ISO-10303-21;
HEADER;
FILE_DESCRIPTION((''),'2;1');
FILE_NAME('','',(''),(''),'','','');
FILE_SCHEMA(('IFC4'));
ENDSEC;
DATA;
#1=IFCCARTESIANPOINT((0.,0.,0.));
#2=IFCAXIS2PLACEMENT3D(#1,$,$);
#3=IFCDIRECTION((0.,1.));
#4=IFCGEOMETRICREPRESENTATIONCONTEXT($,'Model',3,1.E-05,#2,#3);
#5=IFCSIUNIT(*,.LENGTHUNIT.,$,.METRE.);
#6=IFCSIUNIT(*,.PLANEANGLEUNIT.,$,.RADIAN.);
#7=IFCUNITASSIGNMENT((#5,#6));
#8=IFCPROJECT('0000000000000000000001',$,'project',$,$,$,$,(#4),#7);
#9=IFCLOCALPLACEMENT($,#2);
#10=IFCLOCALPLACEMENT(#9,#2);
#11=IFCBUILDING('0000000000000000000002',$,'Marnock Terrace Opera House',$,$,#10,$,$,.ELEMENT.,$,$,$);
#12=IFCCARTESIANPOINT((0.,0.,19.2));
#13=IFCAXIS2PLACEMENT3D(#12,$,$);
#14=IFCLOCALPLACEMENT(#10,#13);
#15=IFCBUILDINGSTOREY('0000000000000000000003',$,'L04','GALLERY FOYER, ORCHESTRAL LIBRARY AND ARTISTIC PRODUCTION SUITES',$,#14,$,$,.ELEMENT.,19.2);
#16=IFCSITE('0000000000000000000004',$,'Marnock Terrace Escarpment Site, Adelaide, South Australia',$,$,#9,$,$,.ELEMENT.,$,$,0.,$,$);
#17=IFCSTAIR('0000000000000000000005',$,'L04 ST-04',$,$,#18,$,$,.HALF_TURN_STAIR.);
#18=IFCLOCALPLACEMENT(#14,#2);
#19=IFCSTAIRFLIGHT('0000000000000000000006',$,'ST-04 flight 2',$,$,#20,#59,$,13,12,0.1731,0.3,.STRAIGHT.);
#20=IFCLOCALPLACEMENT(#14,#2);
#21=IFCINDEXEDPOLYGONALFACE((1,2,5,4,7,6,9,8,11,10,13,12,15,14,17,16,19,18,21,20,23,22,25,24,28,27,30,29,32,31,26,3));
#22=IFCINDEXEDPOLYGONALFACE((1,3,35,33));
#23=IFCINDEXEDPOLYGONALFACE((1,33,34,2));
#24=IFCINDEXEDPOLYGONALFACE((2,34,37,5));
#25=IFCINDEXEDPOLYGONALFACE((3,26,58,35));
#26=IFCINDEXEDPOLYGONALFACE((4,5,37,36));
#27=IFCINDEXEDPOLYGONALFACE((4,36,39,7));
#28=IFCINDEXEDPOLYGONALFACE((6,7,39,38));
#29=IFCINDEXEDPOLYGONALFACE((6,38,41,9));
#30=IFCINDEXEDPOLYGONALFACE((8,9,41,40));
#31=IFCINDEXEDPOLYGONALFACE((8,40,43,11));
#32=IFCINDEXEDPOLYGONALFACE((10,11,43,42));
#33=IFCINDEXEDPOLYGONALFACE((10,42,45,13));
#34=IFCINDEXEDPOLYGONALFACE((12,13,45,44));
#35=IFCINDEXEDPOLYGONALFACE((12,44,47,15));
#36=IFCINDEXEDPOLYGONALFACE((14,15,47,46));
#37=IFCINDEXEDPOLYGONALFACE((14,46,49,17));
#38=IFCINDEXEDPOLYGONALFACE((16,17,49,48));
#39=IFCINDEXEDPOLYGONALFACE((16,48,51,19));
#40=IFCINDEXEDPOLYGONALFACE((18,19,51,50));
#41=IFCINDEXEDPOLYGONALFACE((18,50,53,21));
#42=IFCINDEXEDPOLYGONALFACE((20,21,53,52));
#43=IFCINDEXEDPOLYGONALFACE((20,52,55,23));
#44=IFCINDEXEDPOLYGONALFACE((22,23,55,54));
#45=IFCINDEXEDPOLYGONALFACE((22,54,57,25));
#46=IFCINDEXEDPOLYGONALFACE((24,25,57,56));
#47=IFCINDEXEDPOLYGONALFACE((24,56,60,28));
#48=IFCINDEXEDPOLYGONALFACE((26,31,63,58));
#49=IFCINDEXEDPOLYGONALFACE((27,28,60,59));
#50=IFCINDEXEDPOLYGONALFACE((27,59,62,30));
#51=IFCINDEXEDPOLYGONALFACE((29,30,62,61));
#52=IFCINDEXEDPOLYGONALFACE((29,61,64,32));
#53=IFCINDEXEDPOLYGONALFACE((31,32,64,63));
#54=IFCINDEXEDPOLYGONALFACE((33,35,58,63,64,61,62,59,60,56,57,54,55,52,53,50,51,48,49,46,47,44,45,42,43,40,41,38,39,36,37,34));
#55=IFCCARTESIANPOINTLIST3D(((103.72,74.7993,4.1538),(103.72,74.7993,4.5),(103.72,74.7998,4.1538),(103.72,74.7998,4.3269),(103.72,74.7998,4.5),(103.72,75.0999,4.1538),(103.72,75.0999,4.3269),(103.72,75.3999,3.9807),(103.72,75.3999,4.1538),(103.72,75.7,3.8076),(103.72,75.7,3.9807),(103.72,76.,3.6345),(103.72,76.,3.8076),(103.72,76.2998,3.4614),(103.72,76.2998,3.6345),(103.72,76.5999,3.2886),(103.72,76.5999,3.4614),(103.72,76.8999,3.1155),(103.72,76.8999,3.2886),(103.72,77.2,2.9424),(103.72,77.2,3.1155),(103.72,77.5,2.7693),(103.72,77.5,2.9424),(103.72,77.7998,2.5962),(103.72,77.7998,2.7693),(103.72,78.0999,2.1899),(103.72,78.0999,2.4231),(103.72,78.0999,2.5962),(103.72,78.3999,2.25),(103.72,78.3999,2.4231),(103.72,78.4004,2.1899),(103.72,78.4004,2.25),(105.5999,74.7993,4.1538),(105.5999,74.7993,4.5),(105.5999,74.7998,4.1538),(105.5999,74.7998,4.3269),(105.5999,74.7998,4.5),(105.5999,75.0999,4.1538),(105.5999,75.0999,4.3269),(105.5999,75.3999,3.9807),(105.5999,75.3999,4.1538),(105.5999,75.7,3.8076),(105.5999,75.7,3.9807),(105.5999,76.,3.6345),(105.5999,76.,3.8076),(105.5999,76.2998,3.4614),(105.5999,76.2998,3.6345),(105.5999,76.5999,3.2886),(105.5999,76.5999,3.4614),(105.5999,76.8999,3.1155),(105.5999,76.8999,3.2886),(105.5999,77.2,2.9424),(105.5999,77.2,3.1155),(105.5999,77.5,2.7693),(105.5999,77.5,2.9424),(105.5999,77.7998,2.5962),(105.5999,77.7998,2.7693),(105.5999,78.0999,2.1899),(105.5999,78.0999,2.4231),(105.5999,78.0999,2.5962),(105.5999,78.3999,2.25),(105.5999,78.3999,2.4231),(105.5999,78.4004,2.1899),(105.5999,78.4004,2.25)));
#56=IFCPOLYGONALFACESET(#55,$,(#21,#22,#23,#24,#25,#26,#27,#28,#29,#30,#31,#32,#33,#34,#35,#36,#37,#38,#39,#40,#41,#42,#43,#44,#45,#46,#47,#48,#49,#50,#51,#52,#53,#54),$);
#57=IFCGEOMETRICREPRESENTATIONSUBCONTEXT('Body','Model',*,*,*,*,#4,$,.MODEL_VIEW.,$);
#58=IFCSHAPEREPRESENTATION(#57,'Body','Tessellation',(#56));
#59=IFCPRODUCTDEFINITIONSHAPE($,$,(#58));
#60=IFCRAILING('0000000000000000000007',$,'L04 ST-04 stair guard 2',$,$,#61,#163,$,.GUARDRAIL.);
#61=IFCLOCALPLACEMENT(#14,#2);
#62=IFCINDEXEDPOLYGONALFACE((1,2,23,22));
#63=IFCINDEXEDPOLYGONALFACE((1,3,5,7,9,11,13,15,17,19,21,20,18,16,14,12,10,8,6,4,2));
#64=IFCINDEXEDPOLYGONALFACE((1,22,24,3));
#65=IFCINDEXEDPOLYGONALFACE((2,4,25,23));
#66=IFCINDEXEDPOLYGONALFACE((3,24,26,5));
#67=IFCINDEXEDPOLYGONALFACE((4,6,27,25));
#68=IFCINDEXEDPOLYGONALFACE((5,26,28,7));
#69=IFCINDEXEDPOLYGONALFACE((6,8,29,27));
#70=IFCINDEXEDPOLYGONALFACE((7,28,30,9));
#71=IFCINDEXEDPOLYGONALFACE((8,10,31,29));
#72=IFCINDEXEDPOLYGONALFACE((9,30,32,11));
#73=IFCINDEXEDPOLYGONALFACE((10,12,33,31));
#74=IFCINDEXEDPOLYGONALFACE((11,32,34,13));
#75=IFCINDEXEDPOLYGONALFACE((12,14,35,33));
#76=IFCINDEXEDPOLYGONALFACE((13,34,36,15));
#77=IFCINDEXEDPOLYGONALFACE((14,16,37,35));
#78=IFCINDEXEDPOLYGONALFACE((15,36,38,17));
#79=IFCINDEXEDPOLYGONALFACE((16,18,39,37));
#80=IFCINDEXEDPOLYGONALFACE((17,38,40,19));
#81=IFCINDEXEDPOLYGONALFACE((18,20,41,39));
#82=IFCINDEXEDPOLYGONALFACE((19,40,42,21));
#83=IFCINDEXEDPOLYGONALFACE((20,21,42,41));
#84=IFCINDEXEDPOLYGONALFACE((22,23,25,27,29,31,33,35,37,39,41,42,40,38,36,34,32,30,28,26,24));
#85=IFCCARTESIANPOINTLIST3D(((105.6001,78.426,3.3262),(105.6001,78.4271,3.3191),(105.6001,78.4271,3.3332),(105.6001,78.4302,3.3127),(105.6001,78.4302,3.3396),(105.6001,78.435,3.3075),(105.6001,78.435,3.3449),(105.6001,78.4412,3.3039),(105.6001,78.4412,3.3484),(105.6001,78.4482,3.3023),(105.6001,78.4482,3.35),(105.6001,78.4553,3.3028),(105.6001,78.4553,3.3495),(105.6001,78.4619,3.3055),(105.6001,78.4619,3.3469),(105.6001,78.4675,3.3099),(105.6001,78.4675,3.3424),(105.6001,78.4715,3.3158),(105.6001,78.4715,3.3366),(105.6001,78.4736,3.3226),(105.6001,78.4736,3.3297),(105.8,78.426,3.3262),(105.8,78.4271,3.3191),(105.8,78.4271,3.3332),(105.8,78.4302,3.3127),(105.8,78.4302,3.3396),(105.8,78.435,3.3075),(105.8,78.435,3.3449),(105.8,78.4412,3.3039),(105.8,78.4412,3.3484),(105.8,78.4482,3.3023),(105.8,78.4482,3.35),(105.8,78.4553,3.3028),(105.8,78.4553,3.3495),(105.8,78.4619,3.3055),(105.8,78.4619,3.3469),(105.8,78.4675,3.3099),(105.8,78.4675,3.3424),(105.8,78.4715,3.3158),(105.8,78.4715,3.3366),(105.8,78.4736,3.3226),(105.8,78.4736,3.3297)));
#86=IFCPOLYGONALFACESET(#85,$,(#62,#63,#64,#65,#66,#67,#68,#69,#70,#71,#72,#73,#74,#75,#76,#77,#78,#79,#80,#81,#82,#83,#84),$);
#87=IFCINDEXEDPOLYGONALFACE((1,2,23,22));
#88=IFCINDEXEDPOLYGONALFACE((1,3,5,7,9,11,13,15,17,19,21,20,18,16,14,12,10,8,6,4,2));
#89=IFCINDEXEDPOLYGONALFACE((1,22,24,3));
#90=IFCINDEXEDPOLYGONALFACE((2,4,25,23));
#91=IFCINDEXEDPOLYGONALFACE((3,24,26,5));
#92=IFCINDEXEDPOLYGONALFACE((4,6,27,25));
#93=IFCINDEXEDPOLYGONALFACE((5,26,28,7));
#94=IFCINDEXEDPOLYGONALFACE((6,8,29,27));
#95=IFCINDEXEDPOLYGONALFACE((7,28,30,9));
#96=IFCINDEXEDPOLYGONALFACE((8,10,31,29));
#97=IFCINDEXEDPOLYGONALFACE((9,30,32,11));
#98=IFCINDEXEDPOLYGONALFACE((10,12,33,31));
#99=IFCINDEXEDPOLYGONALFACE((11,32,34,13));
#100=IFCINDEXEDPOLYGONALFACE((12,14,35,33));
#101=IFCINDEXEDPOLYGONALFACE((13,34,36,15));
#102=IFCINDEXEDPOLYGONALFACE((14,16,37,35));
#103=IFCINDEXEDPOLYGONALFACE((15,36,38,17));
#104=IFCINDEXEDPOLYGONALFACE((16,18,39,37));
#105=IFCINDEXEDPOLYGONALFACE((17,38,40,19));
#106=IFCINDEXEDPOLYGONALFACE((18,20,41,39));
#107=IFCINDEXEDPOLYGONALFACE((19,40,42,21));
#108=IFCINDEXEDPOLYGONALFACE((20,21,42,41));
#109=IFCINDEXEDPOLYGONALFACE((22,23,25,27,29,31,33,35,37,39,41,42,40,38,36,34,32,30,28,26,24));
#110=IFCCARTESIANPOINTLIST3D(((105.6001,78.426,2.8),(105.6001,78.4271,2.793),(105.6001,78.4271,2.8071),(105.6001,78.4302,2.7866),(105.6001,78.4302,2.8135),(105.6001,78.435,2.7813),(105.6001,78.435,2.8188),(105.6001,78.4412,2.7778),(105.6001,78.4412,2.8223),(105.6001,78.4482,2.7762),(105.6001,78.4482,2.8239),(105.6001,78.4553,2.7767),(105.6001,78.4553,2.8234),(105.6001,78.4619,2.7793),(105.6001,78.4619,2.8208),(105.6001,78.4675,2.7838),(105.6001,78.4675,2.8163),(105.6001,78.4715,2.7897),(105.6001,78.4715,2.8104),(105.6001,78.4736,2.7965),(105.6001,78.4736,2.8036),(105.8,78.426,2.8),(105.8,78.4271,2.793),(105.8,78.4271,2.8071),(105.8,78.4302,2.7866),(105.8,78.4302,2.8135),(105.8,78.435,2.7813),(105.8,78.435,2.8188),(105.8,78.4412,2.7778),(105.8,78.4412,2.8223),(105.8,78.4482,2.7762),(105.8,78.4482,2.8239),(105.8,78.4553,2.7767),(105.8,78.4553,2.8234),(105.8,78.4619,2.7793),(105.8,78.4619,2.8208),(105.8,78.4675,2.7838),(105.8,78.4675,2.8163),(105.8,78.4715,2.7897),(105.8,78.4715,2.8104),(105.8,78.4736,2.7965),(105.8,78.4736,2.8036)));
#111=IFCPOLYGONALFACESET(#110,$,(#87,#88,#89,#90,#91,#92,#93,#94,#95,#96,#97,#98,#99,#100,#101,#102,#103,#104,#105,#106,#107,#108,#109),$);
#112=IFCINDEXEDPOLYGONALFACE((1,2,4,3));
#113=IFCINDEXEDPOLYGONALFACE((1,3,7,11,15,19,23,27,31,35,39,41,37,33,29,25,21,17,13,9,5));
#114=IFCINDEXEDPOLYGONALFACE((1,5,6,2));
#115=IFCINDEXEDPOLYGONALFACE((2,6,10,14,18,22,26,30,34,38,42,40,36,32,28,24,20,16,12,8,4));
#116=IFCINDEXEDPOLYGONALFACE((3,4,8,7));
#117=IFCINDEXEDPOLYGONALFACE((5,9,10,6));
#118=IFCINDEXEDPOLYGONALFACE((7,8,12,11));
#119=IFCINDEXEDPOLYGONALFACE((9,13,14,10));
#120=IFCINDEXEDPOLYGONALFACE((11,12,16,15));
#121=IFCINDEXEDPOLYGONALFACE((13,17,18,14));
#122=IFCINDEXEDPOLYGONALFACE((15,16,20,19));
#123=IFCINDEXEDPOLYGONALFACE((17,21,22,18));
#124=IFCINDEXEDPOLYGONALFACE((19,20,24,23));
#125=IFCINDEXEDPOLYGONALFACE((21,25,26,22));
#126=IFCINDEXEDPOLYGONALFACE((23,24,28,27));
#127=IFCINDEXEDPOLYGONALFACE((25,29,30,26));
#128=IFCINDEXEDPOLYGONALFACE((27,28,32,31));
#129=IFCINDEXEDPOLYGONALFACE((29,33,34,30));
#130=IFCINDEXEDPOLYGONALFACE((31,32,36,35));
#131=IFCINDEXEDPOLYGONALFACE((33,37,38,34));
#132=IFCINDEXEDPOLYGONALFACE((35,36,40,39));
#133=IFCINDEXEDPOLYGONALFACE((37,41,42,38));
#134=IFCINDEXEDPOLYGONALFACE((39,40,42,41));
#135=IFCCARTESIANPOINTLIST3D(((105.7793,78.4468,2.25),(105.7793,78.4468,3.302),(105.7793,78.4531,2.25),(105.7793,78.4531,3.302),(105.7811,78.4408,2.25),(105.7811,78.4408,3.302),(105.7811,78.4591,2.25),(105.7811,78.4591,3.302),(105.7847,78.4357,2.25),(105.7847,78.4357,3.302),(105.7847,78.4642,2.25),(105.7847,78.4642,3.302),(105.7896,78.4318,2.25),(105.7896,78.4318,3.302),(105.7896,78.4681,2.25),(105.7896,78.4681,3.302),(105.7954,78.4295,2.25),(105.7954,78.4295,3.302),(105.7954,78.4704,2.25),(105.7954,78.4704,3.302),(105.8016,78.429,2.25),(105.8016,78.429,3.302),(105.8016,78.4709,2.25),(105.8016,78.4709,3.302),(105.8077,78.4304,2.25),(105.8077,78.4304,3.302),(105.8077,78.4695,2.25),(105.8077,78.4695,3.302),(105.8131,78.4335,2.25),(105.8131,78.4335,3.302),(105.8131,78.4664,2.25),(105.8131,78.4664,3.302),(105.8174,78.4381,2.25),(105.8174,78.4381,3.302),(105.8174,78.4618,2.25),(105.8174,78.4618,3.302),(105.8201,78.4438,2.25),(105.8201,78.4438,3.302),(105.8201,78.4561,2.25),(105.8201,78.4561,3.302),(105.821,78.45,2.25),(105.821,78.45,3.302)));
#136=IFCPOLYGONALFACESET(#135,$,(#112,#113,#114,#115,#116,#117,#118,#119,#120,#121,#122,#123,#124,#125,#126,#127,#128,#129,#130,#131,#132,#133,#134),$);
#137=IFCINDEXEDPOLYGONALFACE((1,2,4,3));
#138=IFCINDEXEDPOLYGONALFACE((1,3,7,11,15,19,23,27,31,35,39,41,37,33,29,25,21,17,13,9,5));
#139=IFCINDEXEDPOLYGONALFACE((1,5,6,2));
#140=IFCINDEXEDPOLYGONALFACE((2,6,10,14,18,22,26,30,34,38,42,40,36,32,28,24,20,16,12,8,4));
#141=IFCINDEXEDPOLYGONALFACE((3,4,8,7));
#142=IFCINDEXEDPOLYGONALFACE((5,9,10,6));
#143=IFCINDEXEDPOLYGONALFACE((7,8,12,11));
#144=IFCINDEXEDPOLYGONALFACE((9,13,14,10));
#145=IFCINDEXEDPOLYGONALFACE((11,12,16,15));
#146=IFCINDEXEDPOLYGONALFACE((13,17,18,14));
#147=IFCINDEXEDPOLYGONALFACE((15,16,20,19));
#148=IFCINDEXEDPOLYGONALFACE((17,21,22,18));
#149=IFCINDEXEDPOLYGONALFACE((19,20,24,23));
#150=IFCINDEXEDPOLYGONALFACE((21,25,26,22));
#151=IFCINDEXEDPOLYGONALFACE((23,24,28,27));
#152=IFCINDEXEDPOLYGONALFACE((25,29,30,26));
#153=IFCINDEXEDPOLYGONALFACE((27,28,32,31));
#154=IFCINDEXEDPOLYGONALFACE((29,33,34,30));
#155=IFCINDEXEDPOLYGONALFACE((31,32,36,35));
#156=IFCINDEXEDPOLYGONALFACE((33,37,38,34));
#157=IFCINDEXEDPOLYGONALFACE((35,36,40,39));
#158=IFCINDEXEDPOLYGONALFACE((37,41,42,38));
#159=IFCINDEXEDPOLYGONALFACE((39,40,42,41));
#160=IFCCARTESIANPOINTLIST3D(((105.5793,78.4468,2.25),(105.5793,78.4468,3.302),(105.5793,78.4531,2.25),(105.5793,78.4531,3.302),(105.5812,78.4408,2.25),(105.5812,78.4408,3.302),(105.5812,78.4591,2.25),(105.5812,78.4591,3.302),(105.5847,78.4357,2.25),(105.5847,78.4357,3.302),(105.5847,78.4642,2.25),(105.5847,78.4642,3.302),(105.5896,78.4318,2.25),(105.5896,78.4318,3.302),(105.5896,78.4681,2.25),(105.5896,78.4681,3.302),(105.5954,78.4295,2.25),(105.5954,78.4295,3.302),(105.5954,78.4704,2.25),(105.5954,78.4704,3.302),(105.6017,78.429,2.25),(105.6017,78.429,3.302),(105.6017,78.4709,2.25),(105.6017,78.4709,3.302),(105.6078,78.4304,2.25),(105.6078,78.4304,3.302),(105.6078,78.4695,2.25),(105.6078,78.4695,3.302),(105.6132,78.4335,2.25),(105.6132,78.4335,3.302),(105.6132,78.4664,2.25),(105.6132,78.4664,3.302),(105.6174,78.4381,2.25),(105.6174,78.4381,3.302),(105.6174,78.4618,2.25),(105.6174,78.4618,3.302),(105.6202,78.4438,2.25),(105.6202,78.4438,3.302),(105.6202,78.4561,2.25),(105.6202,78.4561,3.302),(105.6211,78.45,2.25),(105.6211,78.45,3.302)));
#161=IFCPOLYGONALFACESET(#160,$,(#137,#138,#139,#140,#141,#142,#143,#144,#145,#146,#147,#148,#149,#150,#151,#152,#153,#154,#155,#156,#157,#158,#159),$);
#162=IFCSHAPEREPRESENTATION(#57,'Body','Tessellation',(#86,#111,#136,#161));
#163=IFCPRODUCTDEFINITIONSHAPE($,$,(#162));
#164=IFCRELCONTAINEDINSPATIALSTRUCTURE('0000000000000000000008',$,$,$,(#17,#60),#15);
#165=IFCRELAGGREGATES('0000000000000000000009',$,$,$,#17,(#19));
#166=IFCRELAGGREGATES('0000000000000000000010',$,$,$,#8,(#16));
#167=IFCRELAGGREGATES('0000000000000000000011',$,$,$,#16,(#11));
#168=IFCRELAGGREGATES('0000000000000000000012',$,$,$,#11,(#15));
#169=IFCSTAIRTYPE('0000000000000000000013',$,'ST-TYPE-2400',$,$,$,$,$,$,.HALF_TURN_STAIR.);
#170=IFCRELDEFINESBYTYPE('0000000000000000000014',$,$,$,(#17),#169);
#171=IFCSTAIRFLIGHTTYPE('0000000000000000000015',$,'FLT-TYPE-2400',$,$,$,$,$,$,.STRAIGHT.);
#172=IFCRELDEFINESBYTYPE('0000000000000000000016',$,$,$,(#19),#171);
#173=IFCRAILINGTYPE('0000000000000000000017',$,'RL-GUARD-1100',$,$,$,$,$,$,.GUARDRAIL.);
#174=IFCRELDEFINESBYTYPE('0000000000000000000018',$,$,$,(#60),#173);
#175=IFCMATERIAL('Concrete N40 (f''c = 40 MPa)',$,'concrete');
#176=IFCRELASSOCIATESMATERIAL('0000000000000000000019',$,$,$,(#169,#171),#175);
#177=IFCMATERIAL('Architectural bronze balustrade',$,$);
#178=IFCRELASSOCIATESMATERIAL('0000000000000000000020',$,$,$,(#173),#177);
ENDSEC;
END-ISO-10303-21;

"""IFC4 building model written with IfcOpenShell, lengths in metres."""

from ifc_helpers import new_model, si_unit, direction, frame, origin, origin_2d, place, context, subcontext, project, spatial, polyline, circle, outline, extrude, material, type_object, element, aggregate, save


model = new_model("IFC4")

# Units and contexts
model_context = context("Model", 3, precision=1e-05, world=origin(), true_north=direction((0.0, 1.0)))
body_context = subcontext(model_context, "Body", "Model", "MODEL_VIEW")
ifc_project = project(units=[si_unit("LENGTHUNIT", "METRE"), si_unit("PLANEANGLEUNIT", "RADIAN")], contexts=[model_context])

# Site, building, storey
site_placement = place(None, origin())
site = spatial("IfcSite", under=ifc_project, at=site_placement, Name="Marnock Terrace Escarpment Site, Adelaide, South Australia", CompositionType="ELEMENT", RefElevation=0.0)
building_placement = place(site_placement, origin())
building = spatial("IfcBuilding", under=site, at=building_placement, Name="Marnock Terrace Opera House", CompositionType="ELEMENT")
storey_placement = place(building_placement, frame((0.0, 0.0, 19.2)))
storey = spatial("IfcBuildingStorey", under=building, at=storey_placement, Name="L04", Description="GALLERY FOYER, ORCHESTRAL LIBRARY AND ARTISTIC PRODUCTION SUITES", CompositionType="ELEMENT", Elevation=19.2)

# Shared definitions
ifc_material_1 = material(Name="Concrete N40 (f'c = 40 MPa)", Category="concrete")

# Stair, stair flight
stair_type = type_object("IfcStairType", Name="ST-TYPE-2400", PredefinedType="HALF_TURN_STAIR", material=ifc_material_1)
stair_placement = place(storey_placement, origin())
stair = element("IfcStair", 1, at=stair_placement, inside=storey, type_object=stair_type, Name="L04 ST-04", PredefinedType="HALF_TURN_STAIR")
stair_flight_type = type_object("IfcStairFlightType", Name="FLT-TYPE-2400", PredefinedType="STRAIGHT", material=ifc_material_1)
stair_flight_1_placement = place(storey_placement, frame((104.6599, 78.3999, 2.25), z_axis=(0.0, 0.0, 1.0), x_axis=(0.0, -1.0, 0.0)))
stair_flight_1 = element("IfcStairFlight", 2, at=stair_flight_1_placement, type_object=stair_flight_type, Name="ST-04 flight 2", NumberOfRisers=13, NumberOfTreads=12, PredefinedType="STRAIGHT", RiserHeight=0.1731, TreadLength=0.3, context=body_context, shape_type="SweptSolid", body=[
    extrude(outline(polyline([(-0.0005, -0.0601), (-0.0005, 0.0), (0.0, 0.0), (0.0, 0.1731), (0.3, 0.1731), (0.3, 0.3462), (0.6001, 0.3462), (0.6001, 0.5193), (0.8999, 0.5193), (0.8999, 0.6924), (1.2, 0.6924), (1.2, 0.8655), (1.5, 0.8655), (1.5, 1.0386), (1.8, 1.0386), (1.8, 1.2114), (2.1001, 1.2114), (2.1001, 1.3845), (2.3999, 1.3845), (2.3999, 1.5576), (2.7, 1.5576), (2.7, 1.7307), (3.0, 1.7307), (3.0, 1.9038), (3.3, 1.9038), (3.3, 2.0769), (3.6001, 2.0769), (3.6001, 2.25), (3.6006, 2.25), (3.6006, 1.9038), (3.6001, 1.9038), (0.3, -0.0601), (-0.0005, -0.0601)])), frame((0.0, 0.9399, 0.0), z_axis=(0.0, -1.0, 0.0), x_axis=(1.0, 0.0, 0.0)), (0.0, 0.0, 1.0), 1.8799),
])
aggregate(stair, [stair_flight_1])

# Railing
ifc_material_2 = material(Name="Architectural bronze balustrade")
railing_type_1 = type_object("IfcRailingType", Name="RL-GUARD-1100", PredefinedType="GUARDRAIL", material=ifc_material_2)
railing_1_placement = place(storey_placement, frame((105.8, 78.45, 2.25)))
element("IfcRailing", 3, at=railing_1_placement, inside=storey, type_object=railing_type_1, Name="L04 ST-04 stair guard 2", PredefinedType="GUARDRAIL", context=body_context, shape_type="SweptSolid", body=[
    extrude(circle(Radius=0.0239, at=origin_2d()), frame((0.0, 0.0, 1.0762), z_axis=(-1.0, 0.0, 0.0), x_axis=(0.0, -1.0, 0.0)), (0.0, 0.0, 1.0), 0.2),
    extrude(circle(Radius=0.0239, at=origin_2d()), frame((0.0, 0.0, 0.55), z_axis=(-1.0, 0.0, 0.0), x_axis=(0.0, -1.0, 0.0)), (0.0, 0.0, 1.0), 0.2),
    extrude(circle(Radius=0.021, at=origin_2d()), origin(), (0.0, 0.0, 1.0), 1.052),
    extrude(circle(Radius=0.021, at=origin_2d()), frame((-0.2, 0.0, 0.0)), (0.0, 0.0, 1.0), 1.052),
])

save(model, "model.ifc")
